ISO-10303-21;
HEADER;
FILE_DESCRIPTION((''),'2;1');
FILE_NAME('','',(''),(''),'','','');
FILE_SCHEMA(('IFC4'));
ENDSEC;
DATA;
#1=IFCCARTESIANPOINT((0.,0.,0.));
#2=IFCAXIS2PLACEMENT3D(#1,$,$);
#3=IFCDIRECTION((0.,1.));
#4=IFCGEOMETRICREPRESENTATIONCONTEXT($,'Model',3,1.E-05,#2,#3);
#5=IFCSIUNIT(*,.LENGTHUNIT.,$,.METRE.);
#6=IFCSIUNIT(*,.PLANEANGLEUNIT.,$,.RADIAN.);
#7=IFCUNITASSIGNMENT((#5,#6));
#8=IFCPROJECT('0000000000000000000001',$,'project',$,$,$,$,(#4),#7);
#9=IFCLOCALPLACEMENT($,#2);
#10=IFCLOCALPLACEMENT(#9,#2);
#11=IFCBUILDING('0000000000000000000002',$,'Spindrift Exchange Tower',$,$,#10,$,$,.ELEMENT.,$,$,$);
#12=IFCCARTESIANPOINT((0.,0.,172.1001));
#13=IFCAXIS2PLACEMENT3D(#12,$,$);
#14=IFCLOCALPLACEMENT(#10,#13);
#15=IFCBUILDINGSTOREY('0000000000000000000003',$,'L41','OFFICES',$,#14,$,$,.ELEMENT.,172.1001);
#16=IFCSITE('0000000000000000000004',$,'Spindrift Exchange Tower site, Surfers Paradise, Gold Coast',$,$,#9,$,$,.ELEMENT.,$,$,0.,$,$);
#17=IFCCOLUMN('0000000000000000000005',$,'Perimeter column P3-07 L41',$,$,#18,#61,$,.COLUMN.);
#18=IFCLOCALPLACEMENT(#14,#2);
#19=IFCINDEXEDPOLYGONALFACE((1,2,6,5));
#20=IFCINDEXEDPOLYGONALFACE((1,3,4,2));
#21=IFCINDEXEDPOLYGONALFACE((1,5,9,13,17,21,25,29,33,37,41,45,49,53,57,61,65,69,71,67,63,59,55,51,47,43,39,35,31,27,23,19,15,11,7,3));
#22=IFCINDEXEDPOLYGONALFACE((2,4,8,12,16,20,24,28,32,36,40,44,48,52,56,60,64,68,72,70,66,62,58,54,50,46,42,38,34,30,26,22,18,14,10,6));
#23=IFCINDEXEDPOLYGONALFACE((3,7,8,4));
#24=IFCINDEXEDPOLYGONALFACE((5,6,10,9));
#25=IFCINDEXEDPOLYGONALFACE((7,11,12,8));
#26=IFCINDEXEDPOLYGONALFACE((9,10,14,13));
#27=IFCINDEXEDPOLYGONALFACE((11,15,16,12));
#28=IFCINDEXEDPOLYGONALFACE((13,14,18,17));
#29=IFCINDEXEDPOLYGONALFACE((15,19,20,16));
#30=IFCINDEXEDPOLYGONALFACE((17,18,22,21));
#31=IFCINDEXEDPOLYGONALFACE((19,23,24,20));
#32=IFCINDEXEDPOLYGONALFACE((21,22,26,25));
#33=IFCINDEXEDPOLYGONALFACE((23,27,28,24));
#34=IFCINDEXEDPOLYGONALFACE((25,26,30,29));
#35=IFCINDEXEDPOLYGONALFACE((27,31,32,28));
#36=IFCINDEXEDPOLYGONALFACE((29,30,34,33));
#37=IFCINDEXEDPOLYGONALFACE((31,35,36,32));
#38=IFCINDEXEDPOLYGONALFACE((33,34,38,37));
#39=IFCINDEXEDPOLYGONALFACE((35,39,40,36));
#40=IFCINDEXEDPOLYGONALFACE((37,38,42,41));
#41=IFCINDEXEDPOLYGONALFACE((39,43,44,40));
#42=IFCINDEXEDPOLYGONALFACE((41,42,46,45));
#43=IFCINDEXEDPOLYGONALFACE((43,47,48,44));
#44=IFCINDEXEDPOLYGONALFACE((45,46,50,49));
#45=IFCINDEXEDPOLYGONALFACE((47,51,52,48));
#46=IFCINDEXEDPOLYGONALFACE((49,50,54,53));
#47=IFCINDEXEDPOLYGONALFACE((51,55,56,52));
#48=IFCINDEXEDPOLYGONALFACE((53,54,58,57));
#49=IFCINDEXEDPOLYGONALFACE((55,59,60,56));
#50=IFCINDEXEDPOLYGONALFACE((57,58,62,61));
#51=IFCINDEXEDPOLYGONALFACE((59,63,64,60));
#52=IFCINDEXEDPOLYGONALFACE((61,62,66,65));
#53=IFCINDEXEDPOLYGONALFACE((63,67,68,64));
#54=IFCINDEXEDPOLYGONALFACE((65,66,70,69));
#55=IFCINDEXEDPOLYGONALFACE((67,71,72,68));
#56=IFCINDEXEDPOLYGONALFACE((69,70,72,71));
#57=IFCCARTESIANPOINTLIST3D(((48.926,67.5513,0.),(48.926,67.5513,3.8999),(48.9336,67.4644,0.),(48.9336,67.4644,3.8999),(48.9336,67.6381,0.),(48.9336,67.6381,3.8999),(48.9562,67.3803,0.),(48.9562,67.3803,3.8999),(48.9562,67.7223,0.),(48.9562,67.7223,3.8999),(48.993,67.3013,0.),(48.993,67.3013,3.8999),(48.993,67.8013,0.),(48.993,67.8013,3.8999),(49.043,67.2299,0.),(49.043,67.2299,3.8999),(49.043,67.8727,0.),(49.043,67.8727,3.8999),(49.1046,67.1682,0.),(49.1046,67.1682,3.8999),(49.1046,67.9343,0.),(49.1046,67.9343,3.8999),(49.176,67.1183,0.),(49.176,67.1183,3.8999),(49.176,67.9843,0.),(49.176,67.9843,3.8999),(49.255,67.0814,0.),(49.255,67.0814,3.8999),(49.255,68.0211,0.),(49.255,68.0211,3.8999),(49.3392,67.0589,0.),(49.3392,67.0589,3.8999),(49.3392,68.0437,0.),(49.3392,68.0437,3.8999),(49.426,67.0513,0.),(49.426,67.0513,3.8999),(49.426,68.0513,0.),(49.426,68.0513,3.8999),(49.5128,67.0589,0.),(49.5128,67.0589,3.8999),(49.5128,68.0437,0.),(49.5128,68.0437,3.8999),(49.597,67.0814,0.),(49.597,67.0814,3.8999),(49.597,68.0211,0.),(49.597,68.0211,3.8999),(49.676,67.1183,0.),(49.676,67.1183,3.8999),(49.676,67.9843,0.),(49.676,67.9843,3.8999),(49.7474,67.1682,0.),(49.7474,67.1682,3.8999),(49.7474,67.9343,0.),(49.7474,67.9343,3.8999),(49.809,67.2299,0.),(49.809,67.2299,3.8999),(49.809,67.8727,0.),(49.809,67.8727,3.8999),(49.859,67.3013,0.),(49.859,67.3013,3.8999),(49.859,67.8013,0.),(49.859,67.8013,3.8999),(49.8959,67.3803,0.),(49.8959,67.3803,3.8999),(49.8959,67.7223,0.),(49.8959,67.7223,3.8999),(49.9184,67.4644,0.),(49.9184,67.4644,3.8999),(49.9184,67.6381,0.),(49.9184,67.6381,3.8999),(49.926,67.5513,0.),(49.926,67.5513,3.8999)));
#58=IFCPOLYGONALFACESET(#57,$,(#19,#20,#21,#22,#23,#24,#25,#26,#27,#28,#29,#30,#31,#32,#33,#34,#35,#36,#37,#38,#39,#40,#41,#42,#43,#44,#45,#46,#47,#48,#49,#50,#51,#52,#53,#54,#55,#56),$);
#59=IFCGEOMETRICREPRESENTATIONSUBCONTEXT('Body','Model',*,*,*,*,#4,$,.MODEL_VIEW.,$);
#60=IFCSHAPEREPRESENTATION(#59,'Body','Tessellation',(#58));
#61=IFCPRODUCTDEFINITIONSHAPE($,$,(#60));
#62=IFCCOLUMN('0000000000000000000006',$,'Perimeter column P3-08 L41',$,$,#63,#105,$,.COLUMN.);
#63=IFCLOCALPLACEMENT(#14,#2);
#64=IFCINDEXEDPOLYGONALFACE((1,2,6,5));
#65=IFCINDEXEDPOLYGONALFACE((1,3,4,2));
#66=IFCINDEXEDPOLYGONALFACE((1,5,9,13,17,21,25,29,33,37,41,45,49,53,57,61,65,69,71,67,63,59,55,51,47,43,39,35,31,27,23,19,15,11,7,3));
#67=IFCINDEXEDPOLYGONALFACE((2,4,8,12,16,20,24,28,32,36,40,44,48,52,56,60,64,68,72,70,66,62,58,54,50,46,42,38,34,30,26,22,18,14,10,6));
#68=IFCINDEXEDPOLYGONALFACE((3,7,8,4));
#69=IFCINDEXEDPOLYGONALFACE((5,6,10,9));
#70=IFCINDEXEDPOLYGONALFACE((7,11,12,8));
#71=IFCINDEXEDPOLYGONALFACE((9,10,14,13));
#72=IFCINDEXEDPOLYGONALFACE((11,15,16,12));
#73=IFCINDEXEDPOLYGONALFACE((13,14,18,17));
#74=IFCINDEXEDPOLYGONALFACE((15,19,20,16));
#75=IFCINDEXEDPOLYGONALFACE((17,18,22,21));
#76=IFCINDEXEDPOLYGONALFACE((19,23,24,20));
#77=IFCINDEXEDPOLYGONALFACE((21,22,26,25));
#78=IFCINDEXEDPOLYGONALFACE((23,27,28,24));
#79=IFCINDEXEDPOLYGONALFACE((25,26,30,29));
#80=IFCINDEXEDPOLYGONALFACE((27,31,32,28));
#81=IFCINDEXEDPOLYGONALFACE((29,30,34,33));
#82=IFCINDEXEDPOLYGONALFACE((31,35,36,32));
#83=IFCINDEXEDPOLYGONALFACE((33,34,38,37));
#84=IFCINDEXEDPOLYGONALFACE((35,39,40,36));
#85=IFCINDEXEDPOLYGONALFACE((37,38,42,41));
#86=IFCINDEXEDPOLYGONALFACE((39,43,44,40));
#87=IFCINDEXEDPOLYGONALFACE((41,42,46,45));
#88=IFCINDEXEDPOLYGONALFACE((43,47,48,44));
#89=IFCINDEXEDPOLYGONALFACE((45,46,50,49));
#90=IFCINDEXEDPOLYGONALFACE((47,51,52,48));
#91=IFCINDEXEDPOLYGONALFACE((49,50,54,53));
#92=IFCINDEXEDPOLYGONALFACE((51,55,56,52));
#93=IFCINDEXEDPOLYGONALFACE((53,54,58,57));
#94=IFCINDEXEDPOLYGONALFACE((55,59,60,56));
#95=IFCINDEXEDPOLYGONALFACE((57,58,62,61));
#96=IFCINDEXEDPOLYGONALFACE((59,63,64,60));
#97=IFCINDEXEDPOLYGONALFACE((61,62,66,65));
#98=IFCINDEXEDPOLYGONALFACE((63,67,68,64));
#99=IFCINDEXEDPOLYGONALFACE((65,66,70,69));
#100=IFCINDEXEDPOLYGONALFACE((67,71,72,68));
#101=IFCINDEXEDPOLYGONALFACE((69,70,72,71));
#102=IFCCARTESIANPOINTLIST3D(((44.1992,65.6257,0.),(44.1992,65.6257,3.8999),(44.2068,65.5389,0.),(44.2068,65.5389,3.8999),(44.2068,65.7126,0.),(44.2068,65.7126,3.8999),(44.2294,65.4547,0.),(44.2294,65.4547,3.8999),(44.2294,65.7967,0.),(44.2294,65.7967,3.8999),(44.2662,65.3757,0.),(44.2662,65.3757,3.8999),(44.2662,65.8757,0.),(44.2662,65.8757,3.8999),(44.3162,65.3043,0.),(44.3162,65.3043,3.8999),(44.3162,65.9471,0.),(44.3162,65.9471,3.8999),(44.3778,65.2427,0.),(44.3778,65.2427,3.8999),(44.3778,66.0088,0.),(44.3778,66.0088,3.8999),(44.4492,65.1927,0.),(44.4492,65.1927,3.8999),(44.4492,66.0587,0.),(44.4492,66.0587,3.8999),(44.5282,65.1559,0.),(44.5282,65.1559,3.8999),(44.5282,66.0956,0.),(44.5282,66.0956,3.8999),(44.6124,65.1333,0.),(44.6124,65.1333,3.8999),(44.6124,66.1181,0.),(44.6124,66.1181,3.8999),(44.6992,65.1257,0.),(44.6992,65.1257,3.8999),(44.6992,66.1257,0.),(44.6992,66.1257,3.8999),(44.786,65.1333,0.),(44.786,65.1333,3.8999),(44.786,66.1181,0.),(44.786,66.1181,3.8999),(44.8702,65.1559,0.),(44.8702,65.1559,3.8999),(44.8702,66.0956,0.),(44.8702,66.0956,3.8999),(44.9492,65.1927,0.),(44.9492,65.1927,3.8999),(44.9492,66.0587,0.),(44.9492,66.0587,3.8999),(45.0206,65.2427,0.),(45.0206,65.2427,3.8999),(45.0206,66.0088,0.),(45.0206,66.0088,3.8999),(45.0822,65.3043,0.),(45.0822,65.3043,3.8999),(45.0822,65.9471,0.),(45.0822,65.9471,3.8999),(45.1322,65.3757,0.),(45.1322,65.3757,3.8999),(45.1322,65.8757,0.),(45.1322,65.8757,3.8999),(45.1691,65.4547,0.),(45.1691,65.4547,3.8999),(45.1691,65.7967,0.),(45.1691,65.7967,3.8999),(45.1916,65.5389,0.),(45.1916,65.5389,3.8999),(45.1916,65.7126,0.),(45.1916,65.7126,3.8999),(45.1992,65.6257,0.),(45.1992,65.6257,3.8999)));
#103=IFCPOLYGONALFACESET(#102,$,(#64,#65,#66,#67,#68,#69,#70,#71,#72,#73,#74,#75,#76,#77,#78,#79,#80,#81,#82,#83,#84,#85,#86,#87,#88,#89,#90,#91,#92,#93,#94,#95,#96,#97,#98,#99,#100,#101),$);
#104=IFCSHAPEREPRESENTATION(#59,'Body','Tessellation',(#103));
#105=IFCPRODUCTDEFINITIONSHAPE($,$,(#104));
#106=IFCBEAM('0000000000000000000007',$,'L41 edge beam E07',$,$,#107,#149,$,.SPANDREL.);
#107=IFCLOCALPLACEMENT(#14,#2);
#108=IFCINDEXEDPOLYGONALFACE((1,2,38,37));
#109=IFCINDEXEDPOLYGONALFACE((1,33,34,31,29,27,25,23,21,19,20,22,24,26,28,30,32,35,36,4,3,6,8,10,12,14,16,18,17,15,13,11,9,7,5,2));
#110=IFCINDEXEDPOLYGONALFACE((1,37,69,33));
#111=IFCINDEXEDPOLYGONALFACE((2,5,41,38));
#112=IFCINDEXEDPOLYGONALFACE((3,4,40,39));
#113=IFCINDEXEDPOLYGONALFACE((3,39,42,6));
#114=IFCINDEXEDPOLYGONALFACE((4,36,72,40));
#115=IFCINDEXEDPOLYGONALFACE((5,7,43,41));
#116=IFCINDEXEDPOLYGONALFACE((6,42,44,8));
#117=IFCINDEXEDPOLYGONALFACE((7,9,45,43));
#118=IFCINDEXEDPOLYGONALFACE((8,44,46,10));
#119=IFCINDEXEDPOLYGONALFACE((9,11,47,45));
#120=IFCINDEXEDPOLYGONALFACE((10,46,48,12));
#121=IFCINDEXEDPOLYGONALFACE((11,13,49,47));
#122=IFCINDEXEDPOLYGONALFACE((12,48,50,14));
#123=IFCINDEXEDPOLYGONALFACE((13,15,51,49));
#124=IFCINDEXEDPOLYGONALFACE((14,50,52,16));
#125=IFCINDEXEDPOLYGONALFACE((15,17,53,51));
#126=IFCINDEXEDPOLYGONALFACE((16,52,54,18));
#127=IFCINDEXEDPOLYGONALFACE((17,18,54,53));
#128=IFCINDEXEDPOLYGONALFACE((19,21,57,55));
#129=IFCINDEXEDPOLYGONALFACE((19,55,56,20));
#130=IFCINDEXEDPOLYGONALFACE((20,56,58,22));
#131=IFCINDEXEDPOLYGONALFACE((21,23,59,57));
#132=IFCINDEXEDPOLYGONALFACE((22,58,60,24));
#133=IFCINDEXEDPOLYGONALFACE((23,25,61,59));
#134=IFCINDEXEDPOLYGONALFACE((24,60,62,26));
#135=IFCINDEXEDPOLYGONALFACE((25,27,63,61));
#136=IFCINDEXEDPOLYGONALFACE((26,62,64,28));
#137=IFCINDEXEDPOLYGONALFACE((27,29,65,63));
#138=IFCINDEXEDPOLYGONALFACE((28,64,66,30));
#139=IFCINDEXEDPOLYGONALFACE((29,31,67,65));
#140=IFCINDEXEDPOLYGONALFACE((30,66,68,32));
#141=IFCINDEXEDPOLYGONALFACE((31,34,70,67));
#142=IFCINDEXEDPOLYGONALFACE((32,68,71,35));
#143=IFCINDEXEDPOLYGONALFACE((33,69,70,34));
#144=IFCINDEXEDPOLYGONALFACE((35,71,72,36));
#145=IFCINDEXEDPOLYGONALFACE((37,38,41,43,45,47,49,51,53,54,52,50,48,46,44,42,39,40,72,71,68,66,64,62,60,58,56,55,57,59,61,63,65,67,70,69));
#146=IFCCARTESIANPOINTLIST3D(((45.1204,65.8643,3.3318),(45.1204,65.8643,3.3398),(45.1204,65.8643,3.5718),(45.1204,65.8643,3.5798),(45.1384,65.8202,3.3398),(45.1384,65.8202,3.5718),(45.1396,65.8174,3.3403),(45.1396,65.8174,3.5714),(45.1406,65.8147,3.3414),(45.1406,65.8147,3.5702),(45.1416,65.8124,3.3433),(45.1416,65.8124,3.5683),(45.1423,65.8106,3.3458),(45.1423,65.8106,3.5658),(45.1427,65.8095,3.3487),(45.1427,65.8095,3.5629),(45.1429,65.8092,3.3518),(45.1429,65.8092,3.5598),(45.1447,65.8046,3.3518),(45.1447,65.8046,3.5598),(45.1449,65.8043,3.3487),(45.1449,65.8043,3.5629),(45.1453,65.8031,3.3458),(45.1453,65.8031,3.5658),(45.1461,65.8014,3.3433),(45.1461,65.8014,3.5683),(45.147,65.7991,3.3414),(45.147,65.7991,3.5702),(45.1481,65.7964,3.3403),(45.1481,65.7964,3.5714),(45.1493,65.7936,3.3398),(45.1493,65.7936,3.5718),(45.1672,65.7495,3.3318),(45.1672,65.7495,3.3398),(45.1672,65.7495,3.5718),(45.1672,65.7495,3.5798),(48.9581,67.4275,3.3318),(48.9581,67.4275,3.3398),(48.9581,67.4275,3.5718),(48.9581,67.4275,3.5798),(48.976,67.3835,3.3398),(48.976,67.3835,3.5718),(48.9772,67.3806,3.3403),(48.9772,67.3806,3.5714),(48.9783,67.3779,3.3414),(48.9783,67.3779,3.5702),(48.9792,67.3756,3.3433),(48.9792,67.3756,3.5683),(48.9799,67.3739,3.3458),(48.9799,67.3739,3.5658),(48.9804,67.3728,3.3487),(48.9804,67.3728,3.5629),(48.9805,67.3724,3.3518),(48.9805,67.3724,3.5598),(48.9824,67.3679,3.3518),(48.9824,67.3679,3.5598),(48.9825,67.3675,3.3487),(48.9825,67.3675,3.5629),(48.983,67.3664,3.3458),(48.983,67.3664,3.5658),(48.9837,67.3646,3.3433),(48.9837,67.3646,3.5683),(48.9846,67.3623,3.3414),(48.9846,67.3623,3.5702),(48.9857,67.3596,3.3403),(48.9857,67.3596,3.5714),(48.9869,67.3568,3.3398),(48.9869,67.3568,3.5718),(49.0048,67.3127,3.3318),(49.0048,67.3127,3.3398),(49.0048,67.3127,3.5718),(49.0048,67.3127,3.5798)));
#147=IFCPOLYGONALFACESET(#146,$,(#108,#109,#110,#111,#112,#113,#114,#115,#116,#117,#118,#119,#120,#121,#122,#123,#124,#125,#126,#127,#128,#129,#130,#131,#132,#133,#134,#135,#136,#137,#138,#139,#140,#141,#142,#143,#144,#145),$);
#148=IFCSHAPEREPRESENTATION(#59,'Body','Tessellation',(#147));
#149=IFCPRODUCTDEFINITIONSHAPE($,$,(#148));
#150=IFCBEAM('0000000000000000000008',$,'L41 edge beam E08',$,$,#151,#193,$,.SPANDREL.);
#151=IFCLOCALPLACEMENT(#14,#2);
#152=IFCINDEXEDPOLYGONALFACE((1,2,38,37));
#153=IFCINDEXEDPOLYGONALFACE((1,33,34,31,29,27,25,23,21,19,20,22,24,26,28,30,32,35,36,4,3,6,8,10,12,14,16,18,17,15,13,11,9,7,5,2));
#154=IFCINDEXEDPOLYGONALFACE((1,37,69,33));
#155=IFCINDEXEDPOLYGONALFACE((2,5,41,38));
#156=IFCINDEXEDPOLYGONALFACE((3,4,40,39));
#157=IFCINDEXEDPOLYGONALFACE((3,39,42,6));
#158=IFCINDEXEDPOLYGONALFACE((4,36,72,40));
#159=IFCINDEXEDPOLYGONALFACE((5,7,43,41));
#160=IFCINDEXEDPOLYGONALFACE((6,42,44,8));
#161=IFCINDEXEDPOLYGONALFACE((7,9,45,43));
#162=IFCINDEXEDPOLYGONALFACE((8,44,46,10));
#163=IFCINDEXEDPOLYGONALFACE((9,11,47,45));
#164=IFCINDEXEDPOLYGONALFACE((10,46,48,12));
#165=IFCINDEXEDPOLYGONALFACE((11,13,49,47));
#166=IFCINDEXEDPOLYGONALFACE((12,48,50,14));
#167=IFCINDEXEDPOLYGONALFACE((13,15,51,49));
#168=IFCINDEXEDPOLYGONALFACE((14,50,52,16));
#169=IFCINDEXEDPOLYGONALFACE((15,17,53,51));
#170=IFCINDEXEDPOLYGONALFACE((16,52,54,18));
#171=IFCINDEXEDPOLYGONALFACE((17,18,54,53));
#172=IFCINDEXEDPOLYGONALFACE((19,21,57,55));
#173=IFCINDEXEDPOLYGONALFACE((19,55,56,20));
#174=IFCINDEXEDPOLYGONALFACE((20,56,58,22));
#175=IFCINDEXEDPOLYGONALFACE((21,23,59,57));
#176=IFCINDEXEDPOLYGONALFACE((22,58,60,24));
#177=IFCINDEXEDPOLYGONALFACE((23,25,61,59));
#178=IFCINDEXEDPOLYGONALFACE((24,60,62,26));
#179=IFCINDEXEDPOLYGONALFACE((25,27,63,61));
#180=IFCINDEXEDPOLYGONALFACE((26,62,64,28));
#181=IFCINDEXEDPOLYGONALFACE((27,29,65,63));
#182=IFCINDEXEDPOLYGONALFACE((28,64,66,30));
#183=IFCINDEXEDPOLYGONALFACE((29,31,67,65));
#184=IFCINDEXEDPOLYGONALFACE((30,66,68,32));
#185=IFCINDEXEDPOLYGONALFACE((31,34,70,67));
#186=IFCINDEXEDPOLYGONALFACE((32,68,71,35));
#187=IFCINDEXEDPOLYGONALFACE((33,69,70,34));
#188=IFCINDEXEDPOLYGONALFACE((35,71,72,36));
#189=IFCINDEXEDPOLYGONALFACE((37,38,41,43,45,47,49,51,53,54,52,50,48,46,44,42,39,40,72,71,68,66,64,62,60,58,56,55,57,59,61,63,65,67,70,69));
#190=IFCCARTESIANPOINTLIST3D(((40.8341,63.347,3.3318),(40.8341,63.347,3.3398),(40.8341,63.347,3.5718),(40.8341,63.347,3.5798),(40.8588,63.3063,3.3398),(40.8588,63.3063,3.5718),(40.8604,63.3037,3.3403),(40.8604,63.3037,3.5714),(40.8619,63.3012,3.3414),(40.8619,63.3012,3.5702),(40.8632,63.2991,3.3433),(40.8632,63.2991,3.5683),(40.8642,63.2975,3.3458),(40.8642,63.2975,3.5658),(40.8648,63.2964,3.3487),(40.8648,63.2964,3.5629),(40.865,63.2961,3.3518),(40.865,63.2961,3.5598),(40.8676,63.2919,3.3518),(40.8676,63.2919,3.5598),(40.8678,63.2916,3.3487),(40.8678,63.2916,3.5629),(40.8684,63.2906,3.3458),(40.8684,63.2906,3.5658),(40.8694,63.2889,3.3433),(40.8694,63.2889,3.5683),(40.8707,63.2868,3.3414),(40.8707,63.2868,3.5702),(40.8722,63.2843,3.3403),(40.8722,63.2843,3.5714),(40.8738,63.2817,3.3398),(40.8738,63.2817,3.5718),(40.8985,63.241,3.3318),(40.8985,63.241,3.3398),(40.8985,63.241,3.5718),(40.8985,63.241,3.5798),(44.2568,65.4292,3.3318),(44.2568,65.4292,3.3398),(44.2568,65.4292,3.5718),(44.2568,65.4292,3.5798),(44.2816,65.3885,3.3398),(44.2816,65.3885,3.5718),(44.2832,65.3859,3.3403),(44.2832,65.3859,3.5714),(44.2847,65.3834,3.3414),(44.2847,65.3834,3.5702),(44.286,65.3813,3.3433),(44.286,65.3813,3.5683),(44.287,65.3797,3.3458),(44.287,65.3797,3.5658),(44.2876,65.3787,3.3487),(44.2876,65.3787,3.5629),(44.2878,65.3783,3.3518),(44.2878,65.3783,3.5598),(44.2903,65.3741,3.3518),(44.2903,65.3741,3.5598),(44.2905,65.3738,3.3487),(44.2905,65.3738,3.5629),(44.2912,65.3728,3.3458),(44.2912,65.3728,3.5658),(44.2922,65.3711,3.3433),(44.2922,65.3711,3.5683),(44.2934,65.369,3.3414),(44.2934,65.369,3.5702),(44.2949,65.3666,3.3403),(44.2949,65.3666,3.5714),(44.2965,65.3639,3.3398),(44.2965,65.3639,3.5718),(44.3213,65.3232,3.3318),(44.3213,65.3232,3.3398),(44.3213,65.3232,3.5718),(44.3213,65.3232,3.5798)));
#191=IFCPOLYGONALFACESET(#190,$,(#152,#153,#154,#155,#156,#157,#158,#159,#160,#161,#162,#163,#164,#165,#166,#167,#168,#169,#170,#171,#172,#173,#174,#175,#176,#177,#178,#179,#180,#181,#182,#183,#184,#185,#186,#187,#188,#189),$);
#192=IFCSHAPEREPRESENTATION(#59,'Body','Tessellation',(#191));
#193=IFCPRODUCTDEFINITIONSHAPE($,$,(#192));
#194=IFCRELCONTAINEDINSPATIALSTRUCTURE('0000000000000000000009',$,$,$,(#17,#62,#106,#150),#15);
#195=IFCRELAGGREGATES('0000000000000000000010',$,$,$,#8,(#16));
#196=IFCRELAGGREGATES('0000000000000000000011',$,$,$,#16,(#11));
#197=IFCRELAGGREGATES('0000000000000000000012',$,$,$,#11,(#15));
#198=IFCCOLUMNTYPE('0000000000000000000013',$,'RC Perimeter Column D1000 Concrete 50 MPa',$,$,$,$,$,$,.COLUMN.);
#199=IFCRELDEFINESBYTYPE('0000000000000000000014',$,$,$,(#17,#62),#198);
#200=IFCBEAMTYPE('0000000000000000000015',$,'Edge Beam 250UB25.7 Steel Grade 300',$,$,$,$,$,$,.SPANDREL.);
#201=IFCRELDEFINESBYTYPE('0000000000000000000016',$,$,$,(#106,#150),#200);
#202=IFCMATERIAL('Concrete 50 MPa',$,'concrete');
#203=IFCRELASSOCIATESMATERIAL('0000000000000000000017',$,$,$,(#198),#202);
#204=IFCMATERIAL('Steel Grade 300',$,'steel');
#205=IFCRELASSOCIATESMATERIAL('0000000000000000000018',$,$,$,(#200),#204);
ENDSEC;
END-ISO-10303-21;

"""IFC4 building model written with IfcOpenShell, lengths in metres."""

from ifc_helpers import new_model, si_unit, direction, frame, origin, origin_2d, place, context, subcontext, project, spatial, circle, i_section, extrude, source, transform, mapped, material, material_profile, profile_set, type_object, element, save


model = new_model("IFC4")

# Units and contexts
model_context = context("Model", 3, precision=1e-05, world=origin(), true_north=direction((0.0, 1.0)))
body_context = subcontext(model_context, "Body", "Model", "MODEL_VIEW")
ifc_project = project(units=[si_unit("LENGTHUNIT", "METRE"), si_unit("PLANEANGLEUNIT", "RADIAN")], contexts=[model_context])

# Site, building, storey
site_placement = place(None, origin())
site = spatial("IfcSite", under=ifc_project, at=site_placement, Name="Spindrift Exchange Tower site, Surfers Paradise, Gold Coast", CompositionType="ELEMENT", RefElevation=0.0)
building_placement = place(site_placement, origin())
building = spatial("IfcBuilding", under=site, at=building_placement, Name="Spindrift Exchange Tower", CompositionType="ELEMENT")
storey_placement = place(building_placement, frame((0.0, 0.0, 172.1001)))
storey = spatial("IfcBuildingStorey", under=building, at=storey_placement, Name="L41", Description="OFFICES", CompositionType="ELEMENT", Elevation=172.1001)

# Columns
ifc_material_1 = material(Name="Concrete 50 MPa", Category="concrete")
ifc_material_profile_1 = material_profile(ifc_material_1, circle(Radius=0.5, at=origin_2d()), Name="RC D1000")
ifc_profile_set_1 = profile_set([ifc_material_profile_1], Name="Concrete 50 MPa")
column_type = type_object("IfcColumnType", Name="RC Perimeter Column D1000 Concrete 50 MPa", PredefinedType="COLUMN", material=ifc_profile_set_1)
shared_shape_1 = source(origin(), body_context, "Body", "SweptSolid", [
    extrude(circle(Radius=0.5, at=origin_2d()), origin(), (0.0, 0.0, 1.0), 3.8999),
])
for number, where, z_axis, x_axis, name in (
    (1, (49.426, 67.5513, 0.0), (0.0, 0.0, 1.0), (1.0, 0.0, 0.0), "Perimeter column P3-07 L41"),
    (2, (44.6992, 65.6257, 0.0), (0.0, 0.0, 1.0), (1.0, 0.0, 0.0), "Perimeter column P3-08 L41"),
):
    element("IfcColumn", number, at=place(storey_placement, frame(where, z_axis=z_axis, x_axis=x_axis)), inside=storey, type_object=column_type, Name=name, PredefinedType="COLUMN", context=body_context, shape_type="MappedRepresentation", body=[
        mapped(shared_shape_1, transform((0.0, 0.0, 0.0), scale=1.0)),
    ])

# Beams
ifc_material_2 = material(Name="Steel Grade 300", Category="steel")
ifc_material_profile_2 = material_profile(ifc_material_2, i_section(OverallWidth=0.124, OverallDepth=0.248, WebThickness=0.0049, FlangeThickness=0.0081, FilletRadius=0.012, at=origin_2d()), Name="250UB25.7")
ifc_profile_set_2 = profile_set([ifc_material_profile_2], Name="Steel Grade 300")
beam_type_1 = type_object("IfcBeamType", Name="Edge Beam 250UB25.7 Steel Grade 300", PredefinedType="SPANDREL", material=ifc_profile_set_2)
shared_shape_2 = source(origin(), body_context, "Body", "SweptSolid", [
    extrude(i_section(OverallWidth=0.124, OverallDepth=0.248, WebThickness=0.0049, FlangeThickness=0.0081, FilletRadius=0.012, at=origin_2d()), origin(), (0.0, 0.0, 1.0), 4.1438),
])
beam_1_placement = place(storey_placement, frame((48.9814, 67.3701, 3.4558), z_axis=(-0.926114, -0.377244, 0.0), x_axis=(0.377244, -0.926114, 0.0)))
element("IfcBeam", 3, at=beam_1_placement, inside=storey, type_object=beam_type_1, Name="L41 edge beam E07", PredefinedType="SPANDREL", context=body_context, shape_type="MappedRepresentation", body=[
    mapped(shared_shape_2, transform((0.0, 0.0, 0.0), scale=1.0)),
])
shared_shape_3 = source(origin(), body_context, "Body", "SweptSolid", [
    extrude(i_section(OverallWidth=0.124, OverallDepth=0.248, WebThickness=0.0049, FlangeThickness=0.0081, FilletRadius=0.012, at=origin_2d()), origin(), (0.0, 0.0, 1.0), 4.0063),
])
beam_2_placement = place(storey_placement, frame((44.2891, 65.3762, 3.4558), z_axis=(-0.854331, -0.519728, 0.0), x_axis=(0.519728, -0.854331, 0.0)))
element("IfcBeam", 4, at=beam_2_placement, inside=storey, type_object=beam_type_1, Name="L41 edge beam E08", PredefinedType="SPANDREL", context=body_context, shape_type="MappedRepresentation", body=[
    mapped(shared_shape_3, transform((0.0, 0.0, 0.0), scale=1.0)),
])

save(model, "model.ifc")
